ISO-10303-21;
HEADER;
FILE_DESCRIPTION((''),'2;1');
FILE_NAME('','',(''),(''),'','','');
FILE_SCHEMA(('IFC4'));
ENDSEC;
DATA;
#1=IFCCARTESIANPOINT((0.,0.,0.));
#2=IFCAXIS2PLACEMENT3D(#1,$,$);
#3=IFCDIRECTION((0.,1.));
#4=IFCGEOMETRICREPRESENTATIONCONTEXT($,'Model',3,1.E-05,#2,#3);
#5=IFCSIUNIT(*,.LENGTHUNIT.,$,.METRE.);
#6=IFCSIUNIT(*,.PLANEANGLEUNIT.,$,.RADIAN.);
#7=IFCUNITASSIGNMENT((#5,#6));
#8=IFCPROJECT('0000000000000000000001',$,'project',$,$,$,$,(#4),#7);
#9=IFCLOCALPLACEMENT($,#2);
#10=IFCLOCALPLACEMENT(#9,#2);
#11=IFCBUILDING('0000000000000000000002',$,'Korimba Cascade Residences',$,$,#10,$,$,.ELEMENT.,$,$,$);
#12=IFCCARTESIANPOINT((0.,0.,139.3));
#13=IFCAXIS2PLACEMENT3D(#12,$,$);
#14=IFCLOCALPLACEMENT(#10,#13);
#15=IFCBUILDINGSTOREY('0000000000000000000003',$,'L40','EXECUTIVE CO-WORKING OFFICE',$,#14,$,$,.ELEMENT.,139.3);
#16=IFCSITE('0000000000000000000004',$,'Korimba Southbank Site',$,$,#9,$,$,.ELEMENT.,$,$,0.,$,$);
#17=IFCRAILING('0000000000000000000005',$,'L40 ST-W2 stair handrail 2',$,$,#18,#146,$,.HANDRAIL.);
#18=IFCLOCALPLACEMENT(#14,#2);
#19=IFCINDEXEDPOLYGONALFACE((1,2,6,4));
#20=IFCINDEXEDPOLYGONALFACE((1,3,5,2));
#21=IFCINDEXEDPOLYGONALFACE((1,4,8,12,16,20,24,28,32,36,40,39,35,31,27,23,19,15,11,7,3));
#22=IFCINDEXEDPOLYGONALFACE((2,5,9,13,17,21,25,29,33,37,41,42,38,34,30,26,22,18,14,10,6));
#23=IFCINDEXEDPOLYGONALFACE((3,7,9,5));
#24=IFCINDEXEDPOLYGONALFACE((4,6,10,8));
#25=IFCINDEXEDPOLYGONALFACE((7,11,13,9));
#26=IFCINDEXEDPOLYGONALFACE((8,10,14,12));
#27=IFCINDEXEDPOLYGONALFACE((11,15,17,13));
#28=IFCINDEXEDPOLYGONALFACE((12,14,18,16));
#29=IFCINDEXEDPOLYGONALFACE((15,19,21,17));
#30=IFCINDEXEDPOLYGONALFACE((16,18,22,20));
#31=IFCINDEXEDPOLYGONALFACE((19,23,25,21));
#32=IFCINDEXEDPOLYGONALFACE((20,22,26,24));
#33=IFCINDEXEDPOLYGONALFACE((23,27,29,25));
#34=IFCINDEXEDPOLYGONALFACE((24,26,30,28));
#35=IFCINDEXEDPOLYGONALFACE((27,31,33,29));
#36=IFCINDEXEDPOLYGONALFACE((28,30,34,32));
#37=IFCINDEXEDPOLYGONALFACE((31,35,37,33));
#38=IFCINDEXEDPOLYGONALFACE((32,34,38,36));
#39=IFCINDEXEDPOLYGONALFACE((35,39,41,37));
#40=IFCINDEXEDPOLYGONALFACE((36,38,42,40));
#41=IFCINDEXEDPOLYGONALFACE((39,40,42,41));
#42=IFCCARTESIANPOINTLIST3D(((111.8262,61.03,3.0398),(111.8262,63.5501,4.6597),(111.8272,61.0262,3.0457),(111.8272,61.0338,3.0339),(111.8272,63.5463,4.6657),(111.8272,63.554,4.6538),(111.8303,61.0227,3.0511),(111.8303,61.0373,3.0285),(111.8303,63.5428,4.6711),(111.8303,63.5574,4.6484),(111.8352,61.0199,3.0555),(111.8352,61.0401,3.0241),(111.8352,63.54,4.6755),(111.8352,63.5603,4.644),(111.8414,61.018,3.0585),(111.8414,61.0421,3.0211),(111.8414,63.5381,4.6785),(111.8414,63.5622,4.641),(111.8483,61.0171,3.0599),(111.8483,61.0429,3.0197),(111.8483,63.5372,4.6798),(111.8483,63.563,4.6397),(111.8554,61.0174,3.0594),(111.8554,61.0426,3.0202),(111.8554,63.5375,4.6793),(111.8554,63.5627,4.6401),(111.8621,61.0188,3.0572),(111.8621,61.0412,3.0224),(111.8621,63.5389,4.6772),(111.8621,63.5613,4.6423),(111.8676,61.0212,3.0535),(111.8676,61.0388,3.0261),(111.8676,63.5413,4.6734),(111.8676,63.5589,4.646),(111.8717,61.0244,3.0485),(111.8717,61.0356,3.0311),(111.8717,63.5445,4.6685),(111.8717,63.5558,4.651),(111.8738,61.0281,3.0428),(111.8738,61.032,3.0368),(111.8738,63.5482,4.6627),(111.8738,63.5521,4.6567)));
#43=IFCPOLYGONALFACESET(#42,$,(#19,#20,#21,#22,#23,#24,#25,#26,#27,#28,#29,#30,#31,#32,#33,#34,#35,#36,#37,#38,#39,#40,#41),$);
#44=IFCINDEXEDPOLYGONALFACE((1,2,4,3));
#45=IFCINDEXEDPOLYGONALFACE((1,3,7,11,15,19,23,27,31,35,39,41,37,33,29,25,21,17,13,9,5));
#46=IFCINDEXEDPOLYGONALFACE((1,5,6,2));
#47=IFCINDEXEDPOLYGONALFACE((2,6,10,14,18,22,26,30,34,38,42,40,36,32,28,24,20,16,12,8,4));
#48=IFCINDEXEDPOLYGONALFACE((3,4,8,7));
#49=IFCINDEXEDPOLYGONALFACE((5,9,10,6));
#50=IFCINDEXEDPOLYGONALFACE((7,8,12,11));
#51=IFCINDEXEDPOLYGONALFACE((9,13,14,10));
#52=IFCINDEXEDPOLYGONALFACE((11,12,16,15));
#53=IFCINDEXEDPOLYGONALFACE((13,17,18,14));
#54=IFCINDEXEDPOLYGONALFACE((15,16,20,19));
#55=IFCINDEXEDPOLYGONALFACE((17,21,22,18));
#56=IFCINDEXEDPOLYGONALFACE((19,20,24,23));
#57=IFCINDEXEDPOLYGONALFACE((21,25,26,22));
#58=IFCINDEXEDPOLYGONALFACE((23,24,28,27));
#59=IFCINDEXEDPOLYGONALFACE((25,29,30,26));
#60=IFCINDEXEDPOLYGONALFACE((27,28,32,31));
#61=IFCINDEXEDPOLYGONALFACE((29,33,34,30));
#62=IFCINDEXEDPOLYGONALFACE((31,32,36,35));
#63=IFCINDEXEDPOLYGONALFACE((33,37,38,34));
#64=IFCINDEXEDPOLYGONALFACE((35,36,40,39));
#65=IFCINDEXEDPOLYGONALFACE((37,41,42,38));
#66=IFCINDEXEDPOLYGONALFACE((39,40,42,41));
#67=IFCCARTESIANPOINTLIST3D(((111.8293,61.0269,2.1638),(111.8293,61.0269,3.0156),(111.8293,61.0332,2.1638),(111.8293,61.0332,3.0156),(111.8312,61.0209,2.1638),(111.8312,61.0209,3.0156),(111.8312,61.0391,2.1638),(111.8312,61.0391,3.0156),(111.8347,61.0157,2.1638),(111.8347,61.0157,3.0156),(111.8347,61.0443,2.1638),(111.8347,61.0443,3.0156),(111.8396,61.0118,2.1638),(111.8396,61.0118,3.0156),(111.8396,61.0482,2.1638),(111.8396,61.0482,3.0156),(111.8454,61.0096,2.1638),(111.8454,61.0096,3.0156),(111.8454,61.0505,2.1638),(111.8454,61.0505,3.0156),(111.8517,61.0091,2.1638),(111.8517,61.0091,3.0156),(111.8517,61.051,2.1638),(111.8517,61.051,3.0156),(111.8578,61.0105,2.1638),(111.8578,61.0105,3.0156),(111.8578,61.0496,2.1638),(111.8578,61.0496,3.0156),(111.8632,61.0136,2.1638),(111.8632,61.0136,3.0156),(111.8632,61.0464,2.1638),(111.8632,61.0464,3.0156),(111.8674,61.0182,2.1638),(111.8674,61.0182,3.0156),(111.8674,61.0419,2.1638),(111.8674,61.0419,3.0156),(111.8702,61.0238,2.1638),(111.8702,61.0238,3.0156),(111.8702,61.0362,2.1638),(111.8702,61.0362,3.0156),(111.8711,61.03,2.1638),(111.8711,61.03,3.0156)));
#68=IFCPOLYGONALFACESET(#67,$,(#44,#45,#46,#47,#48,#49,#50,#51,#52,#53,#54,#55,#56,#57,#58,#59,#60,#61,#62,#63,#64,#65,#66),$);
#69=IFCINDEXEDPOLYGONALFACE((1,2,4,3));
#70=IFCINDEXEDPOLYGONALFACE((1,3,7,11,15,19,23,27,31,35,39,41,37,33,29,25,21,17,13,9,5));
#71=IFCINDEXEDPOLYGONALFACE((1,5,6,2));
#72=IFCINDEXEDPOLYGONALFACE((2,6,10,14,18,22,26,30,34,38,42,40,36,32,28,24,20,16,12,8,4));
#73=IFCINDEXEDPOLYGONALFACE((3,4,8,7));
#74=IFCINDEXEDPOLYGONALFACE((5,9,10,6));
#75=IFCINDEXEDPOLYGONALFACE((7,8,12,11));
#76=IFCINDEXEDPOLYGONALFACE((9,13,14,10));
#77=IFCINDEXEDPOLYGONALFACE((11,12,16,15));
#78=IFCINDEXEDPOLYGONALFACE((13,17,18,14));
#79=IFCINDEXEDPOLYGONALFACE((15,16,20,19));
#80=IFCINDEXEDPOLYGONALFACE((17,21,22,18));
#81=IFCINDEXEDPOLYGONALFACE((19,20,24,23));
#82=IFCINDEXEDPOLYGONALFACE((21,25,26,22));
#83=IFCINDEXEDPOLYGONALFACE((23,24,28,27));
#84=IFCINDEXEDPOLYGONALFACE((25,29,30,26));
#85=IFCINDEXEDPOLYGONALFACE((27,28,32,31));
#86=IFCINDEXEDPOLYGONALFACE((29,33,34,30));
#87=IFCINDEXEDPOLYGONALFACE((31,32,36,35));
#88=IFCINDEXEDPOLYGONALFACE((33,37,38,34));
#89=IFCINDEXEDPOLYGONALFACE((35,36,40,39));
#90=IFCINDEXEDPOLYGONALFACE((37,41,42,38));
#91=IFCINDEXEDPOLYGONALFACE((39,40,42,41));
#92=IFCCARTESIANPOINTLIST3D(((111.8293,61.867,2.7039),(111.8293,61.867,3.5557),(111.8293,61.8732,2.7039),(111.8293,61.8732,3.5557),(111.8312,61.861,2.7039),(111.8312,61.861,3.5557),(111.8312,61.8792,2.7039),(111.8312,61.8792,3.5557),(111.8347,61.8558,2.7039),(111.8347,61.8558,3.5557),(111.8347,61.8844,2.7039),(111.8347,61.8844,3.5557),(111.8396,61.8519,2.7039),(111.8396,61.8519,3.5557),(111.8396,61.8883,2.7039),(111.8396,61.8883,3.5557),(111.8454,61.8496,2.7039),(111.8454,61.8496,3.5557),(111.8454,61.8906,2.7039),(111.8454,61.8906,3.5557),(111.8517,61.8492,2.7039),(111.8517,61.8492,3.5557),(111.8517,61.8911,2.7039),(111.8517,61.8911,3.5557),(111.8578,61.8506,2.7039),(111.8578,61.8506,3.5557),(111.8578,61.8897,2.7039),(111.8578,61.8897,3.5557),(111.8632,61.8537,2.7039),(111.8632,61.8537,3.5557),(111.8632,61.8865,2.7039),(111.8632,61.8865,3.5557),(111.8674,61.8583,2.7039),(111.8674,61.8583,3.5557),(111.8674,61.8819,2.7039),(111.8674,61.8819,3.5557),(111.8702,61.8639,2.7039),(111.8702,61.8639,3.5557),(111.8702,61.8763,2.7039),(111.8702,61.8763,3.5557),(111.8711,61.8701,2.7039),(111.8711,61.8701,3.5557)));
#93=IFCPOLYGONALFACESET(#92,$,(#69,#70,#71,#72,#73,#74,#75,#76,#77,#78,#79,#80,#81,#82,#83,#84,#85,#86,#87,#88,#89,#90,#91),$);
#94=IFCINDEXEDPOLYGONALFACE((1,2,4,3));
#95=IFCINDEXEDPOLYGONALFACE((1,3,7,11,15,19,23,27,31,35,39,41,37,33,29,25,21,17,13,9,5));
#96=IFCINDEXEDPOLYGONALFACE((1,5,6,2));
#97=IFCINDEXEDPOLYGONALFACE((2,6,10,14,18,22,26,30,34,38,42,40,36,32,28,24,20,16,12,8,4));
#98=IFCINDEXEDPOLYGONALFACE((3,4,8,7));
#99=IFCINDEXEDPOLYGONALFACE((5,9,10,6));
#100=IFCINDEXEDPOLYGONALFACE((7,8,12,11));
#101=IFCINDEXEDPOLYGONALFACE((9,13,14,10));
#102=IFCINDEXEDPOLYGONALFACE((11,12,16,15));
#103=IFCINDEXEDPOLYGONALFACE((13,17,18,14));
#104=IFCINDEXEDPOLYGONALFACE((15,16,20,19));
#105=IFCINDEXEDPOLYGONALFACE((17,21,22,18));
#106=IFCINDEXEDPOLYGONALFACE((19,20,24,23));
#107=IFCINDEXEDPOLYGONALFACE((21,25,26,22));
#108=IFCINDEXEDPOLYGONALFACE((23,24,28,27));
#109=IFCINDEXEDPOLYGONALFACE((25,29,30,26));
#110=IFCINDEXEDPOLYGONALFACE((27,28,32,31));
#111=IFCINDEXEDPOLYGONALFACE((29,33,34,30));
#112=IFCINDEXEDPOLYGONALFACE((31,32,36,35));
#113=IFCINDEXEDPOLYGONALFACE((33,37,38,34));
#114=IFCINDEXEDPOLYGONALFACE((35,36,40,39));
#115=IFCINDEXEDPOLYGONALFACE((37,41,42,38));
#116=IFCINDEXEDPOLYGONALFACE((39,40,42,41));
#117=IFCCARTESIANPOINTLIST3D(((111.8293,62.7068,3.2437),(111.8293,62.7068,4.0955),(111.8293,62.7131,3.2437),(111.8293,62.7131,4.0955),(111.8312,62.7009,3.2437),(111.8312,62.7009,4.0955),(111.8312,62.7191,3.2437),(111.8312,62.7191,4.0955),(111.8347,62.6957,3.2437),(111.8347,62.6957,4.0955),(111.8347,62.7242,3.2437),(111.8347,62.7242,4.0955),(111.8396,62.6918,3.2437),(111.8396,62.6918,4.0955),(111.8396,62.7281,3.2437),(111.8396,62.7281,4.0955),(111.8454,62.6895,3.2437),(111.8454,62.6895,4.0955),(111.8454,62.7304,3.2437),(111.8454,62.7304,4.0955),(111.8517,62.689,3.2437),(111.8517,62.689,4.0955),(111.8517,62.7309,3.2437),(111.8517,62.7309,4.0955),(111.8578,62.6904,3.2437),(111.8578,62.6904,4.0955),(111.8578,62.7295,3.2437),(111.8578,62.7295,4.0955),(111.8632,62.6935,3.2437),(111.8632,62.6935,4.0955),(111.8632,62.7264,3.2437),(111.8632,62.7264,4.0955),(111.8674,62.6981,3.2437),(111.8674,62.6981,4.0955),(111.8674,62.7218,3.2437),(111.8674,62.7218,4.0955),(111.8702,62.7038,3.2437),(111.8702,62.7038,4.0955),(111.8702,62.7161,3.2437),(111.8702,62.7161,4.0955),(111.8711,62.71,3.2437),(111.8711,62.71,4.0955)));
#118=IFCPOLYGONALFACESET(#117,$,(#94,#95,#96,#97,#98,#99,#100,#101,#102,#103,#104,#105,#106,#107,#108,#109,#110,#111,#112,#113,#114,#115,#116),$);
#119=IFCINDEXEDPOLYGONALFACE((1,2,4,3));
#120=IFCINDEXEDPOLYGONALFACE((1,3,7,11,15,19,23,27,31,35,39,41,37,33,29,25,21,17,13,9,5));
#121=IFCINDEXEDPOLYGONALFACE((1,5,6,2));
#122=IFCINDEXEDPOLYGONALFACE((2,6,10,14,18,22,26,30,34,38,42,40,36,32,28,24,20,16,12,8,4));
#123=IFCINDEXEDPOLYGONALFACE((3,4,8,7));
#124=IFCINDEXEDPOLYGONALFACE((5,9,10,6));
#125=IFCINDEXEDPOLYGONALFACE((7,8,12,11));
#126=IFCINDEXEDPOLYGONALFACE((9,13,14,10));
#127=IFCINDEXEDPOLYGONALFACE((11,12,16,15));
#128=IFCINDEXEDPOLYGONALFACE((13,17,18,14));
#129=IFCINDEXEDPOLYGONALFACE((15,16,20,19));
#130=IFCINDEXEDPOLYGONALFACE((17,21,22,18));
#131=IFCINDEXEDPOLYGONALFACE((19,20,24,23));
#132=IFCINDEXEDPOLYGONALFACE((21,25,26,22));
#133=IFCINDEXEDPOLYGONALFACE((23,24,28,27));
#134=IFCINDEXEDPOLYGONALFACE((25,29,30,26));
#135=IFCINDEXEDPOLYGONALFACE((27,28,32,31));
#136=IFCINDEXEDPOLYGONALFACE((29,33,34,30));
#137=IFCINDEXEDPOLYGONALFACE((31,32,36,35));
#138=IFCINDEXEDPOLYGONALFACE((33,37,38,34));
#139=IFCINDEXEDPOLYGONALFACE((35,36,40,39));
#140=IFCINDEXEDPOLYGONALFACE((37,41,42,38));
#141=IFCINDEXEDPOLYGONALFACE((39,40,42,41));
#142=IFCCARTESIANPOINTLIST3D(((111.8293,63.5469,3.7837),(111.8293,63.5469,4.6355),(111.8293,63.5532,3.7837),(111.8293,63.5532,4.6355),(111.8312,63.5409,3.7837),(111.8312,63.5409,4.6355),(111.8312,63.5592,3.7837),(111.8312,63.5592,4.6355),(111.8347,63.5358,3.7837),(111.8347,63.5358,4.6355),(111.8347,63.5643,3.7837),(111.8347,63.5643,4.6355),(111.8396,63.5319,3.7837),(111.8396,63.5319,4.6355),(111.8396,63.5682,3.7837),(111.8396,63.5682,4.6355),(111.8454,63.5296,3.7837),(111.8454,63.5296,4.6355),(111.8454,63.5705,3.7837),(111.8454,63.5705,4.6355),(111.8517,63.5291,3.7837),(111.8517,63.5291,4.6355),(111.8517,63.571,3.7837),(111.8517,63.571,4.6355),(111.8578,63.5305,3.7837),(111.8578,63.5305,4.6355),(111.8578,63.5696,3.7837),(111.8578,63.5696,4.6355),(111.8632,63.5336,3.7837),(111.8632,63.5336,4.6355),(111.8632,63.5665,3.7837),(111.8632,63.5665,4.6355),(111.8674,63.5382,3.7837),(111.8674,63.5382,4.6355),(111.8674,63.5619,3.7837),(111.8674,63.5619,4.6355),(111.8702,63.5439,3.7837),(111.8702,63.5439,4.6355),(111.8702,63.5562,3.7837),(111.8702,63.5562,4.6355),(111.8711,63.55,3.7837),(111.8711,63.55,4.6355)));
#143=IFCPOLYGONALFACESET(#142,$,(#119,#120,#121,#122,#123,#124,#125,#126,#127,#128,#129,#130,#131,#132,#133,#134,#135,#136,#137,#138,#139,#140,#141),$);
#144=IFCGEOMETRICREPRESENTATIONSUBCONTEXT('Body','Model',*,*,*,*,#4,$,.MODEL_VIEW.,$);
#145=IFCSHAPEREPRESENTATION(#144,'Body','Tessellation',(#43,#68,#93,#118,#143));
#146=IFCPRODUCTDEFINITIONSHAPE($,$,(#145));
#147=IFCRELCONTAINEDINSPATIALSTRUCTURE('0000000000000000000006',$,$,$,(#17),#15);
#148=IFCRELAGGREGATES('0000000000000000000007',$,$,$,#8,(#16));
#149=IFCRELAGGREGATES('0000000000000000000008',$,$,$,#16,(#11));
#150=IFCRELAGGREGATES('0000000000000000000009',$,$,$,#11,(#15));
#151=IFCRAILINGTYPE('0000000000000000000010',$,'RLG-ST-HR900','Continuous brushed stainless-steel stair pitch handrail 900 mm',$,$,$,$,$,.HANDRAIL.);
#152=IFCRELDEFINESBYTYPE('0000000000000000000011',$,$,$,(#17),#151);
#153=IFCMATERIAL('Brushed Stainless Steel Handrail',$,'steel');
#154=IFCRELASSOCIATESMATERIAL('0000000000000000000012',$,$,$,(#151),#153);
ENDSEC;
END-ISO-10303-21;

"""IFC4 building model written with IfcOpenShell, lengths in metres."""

from ifc_helpers import new_model, si_unit, direction, frame, origin, origin_2d, place, context, subcontext, project, spatial, circle, extrude, material, type_object, element, save


model = new_model("IFC4")

# Units and contexts
model_context = context("Model", 3, precision=1e-05, world=origin(), true_north=direction((0.0, 1.0)))
body_context = subcontext(model_context, "Body", "Model", "MODEL_VIEW")
ifc_project = project(units=[si_unit("LENGTHUNIT", "METRE"), si_unit("PLANEANGLEUNIT", "RADIAN")], contexts=[model_context])

# Site, building, storey
site_placement = place(None, origin())
site = spatial("IfcSite", under=ifc_project, at=site_placement, Name="Korimba Southbank Site", CompositionType="ELEMENT", RefElevation=0.0)
building_placement = place(site_placement, origin())
building = spatial("IfcBuilding", under=site, at=building_placement, Name="Korimba Cascade Residences", CompositionType="ELEMENT")
storey_placement = place(building_placement, frame((0.0, 0.0, 139.3)))
storey = spatial("IfcBuildingStorey", under=building, at=storey_placement, Name="L40", Description="EXECUTIVE CO-WORKING OFFICE", CompositionType="ELEMENT", Elevation=139.3)

# Railing
ifc_material_1 = material(Name="Brushed Stainless Steel Handrail", Category="steel")
railing_type = type_object("IfcRailingType", Name="RLG-ST-HR900", Description="Continuous brushed stainless-steel stair pitch handrail 900 mm", PredefinedType="HANDRAIL", material=ifc_material_1)
railing_placement = place(storey_placement, frame((111.8501, 61.03, 2.1638)))
element("IfcRailing", 1, at=railing_placement, inside=storey, type_object=railing_type, Name="L40 ST-W2 stair handrail 2", PredefinedType="HANDRAIL", context=body_context, shape_type="SweptSolid", body=[
    extrude(circle(Radius=0.0239, at=origin_2d()), frame((0.0, 0.0, 0.876), z_axis=(0.0, 0.8412, 0.540725), x_axis=(-1.0, 0.0, 0.0)), (0.0, 0.0, 1.0), 2.9958),
    extrude(circle(Radius=0.021, at=origin_2d()), origin(), (0.0, 0.0, 1.0), 0.8518),
    extrude(circle(Radius=0.021, at=origin_2d()), frame((0.0, 0.8401, 0.54)), (0.0, 0.0, 1.0), 0.8518),
    extrude(circle(Radius=0.021, at=origin_2d()), frame((0.0, 1.6799, 1.0798)), (0.0, 0.0, 1.0), 0.8518),
    extrude(circle(Radius=0.021, at=origin_2d()), frame((0.0, 2.52, 1.6199)), (0.0, 0.0, 1.0), 0.8518),
])

save(model, "model.ifc")
